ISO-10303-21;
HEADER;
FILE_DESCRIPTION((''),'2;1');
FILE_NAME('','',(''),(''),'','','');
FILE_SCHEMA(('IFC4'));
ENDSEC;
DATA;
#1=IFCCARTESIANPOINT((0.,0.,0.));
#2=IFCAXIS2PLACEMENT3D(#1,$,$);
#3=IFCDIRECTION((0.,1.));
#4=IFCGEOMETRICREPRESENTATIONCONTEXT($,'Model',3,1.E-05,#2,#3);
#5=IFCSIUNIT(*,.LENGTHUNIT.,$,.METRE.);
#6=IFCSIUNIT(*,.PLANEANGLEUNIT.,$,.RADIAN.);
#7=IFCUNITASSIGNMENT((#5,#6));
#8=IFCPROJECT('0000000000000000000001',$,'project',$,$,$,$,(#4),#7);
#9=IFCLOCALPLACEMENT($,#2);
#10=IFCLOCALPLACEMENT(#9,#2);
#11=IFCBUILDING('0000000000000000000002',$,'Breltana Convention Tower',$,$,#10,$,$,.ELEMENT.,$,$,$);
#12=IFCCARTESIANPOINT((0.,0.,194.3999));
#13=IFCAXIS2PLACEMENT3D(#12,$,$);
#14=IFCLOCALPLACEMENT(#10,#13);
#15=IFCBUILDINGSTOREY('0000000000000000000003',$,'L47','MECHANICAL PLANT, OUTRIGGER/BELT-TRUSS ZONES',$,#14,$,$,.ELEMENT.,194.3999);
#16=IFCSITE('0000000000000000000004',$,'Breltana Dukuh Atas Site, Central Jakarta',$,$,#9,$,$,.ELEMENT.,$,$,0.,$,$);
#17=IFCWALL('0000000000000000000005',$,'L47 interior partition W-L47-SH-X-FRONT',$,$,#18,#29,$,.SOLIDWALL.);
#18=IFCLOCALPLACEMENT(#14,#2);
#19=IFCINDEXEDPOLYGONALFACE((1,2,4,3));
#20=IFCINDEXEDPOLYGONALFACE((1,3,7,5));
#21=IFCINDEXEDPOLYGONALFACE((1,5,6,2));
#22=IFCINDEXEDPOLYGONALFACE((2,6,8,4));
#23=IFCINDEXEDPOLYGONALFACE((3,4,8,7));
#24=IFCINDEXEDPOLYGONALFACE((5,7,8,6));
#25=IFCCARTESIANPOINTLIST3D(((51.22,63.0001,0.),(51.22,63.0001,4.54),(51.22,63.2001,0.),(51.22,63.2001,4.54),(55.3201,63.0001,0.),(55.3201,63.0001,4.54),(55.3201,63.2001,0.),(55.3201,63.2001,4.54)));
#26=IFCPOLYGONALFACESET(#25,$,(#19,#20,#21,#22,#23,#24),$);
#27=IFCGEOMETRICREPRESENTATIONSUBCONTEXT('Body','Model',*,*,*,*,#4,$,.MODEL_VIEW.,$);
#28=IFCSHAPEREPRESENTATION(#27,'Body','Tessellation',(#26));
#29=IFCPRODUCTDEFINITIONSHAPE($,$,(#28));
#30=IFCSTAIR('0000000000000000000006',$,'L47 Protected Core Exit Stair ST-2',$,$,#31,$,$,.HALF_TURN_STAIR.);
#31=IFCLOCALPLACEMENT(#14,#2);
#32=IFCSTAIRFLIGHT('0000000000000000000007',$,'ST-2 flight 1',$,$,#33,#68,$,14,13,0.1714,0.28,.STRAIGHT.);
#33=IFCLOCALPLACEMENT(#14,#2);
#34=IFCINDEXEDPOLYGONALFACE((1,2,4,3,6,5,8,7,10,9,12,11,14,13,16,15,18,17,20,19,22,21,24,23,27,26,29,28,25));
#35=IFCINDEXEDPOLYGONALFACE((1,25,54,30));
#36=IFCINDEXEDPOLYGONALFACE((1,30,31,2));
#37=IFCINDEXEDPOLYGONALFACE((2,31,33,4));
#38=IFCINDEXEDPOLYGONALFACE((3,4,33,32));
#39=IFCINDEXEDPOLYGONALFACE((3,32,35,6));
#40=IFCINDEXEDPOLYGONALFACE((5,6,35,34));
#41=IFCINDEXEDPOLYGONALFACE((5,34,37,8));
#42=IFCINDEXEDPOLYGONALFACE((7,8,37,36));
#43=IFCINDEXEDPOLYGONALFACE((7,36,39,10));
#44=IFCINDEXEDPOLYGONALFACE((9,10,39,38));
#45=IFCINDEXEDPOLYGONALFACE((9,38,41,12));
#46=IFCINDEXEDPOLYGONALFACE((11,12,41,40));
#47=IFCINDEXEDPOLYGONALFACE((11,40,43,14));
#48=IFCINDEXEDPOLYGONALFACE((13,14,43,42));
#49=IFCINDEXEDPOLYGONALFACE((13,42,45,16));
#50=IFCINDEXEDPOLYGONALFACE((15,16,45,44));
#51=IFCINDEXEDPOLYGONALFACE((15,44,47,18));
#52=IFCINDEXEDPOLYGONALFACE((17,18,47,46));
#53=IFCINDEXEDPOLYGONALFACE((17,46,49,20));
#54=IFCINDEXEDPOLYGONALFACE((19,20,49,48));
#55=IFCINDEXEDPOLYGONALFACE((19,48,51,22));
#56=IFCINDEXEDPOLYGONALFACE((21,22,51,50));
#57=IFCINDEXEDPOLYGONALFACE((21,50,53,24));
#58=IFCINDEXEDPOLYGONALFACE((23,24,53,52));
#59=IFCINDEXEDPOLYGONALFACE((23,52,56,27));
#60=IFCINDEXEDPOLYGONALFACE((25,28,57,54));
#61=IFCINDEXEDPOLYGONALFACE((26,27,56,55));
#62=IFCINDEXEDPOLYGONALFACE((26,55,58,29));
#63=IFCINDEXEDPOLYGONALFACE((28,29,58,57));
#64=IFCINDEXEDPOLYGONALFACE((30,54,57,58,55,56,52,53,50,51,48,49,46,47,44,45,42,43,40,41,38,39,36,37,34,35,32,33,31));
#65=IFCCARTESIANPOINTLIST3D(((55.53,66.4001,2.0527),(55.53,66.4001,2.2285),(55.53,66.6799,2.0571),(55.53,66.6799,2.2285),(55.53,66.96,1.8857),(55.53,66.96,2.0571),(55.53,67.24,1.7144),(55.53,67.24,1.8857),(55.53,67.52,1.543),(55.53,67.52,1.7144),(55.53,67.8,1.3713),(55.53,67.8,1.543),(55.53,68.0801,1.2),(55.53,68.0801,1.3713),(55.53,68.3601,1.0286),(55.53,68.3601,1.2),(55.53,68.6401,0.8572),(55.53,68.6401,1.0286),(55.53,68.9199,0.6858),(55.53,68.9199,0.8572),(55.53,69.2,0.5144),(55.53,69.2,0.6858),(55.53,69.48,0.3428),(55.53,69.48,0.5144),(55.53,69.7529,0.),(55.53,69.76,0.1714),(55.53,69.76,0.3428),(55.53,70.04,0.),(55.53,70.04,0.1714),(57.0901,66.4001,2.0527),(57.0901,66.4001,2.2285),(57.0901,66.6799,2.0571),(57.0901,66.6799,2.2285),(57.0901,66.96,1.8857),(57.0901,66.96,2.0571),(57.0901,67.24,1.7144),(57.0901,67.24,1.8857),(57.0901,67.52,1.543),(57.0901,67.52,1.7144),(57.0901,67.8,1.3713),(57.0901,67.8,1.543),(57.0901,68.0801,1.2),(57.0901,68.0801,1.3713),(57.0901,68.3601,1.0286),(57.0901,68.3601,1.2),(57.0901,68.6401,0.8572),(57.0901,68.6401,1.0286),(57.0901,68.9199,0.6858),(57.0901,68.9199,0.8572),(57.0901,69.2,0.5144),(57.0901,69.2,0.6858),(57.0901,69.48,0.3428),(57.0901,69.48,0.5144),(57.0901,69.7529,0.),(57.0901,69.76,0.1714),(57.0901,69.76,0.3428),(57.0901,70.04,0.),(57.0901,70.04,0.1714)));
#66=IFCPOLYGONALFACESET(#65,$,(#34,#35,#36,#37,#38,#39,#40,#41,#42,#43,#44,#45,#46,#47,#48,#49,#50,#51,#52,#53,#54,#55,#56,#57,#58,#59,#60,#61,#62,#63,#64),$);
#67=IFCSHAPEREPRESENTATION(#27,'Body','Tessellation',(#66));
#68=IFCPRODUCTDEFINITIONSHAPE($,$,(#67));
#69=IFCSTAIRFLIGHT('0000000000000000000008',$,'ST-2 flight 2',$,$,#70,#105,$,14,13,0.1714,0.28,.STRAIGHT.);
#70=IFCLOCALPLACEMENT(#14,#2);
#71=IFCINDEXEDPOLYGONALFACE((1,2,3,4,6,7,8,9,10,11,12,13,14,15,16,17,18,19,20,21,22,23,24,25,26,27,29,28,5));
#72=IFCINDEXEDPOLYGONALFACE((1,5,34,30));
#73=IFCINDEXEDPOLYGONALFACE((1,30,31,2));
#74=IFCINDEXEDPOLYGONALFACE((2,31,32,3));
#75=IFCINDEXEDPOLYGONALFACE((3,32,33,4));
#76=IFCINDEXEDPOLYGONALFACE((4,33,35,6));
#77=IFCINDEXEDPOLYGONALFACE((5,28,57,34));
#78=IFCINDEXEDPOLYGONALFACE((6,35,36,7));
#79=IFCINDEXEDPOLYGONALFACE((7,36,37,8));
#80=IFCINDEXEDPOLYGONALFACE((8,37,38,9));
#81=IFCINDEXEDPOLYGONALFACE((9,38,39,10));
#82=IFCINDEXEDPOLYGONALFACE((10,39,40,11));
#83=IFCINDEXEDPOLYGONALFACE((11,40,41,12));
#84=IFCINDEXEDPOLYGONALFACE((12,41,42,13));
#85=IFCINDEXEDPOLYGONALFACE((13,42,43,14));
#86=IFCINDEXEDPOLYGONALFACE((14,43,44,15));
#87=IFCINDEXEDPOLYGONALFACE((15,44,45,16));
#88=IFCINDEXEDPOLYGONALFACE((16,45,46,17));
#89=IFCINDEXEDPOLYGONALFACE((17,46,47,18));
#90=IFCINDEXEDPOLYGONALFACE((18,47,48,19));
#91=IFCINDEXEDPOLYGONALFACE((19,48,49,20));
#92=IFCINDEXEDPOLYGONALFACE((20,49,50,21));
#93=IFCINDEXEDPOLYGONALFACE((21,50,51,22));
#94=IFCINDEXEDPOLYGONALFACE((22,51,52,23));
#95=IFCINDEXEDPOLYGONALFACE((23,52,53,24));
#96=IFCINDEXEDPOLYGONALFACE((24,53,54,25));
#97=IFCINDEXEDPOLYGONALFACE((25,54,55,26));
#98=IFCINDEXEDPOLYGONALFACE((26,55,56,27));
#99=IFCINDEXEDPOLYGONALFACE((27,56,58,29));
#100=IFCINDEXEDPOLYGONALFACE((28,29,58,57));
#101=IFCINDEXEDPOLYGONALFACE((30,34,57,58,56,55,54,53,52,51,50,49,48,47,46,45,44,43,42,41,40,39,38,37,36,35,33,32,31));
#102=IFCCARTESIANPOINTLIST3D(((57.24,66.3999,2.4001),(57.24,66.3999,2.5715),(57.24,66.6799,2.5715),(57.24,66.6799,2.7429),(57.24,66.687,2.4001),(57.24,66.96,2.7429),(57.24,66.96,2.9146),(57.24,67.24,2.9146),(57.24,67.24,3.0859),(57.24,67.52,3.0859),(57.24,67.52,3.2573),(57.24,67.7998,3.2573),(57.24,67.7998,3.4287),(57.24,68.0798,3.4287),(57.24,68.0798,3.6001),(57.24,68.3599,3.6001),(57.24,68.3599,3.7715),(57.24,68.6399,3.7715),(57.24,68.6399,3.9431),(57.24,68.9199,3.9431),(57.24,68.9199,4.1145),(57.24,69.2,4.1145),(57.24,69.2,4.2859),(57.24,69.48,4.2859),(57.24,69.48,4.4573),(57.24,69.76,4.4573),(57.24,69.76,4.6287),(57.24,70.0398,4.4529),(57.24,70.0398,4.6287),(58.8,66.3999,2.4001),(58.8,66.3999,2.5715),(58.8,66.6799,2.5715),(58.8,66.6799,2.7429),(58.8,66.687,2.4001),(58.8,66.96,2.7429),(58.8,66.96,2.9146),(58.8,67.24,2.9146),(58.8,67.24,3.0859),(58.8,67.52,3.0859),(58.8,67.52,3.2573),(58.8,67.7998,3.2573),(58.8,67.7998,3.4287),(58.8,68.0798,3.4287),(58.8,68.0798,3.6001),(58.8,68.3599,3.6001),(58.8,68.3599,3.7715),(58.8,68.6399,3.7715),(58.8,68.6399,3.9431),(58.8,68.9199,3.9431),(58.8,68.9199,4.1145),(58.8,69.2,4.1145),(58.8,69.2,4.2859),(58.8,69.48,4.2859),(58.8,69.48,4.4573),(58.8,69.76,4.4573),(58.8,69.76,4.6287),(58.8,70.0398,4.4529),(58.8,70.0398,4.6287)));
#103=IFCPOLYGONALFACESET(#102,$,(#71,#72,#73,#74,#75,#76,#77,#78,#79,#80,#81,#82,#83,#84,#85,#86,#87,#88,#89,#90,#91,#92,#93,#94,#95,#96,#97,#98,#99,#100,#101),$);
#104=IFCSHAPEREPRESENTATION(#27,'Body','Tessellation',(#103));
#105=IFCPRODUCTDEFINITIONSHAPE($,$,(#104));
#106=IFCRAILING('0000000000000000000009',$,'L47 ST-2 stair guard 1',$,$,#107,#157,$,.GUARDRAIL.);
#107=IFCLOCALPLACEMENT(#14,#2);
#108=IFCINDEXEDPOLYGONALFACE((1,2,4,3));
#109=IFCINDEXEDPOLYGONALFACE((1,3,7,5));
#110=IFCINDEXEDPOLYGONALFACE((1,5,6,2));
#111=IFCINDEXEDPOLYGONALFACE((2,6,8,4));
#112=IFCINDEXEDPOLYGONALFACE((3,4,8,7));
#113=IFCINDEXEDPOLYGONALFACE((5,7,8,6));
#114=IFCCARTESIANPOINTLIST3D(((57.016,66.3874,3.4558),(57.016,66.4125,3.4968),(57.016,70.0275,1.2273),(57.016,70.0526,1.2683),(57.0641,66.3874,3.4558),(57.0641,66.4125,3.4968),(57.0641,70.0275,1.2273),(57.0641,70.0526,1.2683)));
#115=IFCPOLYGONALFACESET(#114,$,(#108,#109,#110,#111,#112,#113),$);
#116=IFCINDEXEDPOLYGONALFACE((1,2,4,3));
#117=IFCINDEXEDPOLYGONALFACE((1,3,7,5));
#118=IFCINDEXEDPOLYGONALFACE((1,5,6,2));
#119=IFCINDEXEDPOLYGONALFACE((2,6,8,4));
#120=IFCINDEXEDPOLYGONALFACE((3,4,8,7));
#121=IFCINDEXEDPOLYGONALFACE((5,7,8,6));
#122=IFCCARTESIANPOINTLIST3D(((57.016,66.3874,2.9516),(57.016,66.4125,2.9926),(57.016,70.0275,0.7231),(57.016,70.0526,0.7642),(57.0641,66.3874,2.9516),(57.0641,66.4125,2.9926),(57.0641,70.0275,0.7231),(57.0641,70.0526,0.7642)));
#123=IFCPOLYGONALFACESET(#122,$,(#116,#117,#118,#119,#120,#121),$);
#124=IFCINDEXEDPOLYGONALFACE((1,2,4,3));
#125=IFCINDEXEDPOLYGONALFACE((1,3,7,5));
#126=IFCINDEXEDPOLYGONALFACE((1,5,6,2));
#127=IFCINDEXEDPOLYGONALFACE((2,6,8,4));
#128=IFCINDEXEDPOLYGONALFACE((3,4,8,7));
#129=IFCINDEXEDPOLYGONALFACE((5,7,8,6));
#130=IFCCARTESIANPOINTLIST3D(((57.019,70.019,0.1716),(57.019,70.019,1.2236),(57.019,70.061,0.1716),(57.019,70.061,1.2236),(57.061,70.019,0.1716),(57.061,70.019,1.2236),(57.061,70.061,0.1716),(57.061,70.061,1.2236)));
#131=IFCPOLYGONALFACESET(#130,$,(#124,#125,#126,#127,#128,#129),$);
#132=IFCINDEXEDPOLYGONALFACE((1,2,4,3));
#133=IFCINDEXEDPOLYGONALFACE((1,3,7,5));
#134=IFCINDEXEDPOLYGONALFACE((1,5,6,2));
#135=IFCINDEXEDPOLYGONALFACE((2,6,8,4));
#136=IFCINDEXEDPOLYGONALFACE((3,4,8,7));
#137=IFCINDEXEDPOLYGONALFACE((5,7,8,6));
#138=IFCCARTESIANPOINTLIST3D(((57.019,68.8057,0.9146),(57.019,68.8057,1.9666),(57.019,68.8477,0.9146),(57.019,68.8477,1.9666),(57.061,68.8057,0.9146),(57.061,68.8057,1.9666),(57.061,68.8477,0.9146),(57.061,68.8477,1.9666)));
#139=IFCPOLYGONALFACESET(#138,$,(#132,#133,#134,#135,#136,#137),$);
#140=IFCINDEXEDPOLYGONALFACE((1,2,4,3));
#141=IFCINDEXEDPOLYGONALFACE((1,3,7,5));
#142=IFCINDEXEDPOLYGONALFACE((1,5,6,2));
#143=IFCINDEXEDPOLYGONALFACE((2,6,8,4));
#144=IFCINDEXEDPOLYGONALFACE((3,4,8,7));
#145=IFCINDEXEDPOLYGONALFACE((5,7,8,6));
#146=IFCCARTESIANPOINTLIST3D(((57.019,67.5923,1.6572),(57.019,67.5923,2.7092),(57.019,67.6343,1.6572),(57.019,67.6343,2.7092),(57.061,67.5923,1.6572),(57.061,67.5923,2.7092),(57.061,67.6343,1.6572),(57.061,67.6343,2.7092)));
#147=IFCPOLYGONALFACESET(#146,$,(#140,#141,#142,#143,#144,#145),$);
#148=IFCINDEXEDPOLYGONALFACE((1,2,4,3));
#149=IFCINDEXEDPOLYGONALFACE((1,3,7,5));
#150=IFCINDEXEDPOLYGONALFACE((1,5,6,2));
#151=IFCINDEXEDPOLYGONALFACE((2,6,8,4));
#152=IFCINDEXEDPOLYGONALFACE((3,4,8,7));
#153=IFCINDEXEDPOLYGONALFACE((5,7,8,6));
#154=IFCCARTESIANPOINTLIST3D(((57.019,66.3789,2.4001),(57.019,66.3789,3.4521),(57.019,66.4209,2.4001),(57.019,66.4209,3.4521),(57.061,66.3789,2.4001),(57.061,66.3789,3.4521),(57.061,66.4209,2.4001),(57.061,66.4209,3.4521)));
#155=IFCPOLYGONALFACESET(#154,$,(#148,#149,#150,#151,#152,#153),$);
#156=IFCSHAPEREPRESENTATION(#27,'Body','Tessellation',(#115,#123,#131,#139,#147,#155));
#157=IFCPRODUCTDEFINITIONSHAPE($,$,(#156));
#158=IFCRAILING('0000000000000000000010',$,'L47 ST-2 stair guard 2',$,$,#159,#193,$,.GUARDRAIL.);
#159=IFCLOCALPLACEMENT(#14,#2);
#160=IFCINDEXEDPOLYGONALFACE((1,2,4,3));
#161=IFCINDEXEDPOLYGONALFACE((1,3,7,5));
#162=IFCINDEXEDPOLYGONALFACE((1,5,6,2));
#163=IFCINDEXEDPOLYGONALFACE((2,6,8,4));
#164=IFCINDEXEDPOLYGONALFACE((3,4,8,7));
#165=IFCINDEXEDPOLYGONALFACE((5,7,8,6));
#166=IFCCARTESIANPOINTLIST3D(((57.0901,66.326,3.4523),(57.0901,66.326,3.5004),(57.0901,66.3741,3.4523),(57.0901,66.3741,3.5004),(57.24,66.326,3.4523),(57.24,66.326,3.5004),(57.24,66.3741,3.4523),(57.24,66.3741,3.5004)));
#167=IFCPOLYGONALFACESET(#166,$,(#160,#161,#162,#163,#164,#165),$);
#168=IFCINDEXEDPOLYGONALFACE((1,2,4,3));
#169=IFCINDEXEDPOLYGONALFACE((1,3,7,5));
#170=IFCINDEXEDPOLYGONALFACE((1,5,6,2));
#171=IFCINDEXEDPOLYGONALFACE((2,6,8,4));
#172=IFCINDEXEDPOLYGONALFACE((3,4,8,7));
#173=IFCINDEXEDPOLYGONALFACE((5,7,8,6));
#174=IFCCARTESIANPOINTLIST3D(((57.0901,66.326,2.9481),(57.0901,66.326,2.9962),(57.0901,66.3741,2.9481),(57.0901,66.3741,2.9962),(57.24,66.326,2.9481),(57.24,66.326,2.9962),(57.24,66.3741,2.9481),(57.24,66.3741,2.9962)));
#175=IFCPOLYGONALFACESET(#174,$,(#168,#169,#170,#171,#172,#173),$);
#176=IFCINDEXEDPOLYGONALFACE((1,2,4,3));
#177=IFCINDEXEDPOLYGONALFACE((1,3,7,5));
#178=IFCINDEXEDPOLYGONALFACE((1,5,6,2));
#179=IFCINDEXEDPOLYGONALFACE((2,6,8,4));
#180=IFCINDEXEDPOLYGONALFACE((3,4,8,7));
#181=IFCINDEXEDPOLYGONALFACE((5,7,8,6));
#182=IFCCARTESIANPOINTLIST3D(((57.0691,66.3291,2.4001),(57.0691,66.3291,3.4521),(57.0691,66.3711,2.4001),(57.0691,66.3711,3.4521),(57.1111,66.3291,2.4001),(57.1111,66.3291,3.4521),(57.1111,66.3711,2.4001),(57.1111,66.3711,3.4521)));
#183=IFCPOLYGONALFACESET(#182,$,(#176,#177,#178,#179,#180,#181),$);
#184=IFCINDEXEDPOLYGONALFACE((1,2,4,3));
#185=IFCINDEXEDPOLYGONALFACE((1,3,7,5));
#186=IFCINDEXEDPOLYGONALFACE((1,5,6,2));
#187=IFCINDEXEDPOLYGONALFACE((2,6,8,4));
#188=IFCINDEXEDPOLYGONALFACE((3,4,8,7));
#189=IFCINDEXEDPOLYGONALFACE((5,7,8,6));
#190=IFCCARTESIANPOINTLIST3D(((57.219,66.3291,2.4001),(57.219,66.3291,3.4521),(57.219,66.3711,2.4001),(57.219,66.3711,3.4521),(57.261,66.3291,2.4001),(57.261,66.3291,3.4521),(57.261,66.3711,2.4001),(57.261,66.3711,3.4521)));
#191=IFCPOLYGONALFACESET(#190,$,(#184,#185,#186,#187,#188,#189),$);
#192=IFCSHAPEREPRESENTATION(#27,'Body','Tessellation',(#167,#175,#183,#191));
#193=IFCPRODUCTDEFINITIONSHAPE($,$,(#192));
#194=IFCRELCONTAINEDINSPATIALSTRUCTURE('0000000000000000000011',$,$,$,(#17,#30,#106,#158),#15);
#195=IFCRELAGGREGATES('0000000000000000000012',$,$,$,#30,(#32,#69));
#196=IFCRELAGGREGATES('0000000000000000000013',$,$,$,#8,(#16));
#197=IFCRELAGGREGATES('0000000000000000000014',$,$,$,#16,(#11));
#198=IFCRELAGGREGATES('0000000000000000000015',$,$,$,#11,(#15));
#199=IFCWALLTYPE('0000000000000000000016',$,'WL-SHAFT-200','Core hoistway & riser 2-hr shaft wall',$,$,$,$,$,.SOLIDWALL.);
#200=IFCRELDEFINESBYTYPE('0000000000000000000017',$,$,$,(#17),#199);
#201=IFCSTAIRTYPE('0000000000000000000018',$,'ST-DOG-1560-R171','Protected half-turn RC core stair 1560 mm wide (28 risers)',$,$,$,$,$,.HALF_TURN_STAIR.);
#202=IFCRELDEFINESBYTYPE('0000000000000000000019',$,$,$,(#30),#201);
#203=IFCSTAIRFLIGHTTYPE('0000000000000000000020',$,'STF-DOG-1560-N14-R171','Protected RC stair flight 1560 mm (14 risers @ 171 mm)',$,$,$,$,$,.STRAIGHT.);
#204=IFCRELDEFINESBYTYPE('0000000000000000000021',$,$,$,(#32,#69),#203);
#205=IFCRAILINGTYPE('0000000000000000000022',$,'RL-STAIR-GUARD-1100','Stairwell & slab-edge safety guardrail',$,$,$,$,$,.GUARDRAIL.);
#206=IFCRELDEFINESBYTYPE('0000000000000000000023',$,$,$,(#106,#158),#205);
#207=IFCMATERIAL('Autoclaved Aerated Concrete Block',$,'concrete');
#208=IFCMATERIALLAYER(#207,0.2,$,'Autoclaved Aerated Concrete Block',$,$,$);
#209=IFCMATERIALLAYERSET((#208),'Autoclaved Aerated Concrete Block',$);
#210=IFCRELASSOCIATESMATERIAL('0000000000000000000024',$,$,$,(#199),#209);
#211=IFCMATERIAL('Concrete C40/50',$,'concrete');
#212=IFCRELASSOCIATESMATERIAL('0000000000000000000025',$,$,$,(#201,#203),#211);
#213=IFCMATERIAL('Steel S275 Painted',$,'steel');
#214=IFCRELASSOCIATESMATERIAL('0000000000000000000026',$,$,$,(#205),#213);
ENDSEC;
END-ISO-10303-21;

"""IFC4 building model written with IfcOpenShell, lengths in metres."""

from ifc_helpers import new_model, si_unit, direction, frame, frame_2d, origin, origin_2d, place, context, subcontext, project, spatial, polyline, rectangle, outline, extrude, source, transform, mapped, material, layer, layer_set, type_object, element, aggregate, save


model = new_model("IFC4")

# Units and contexts
model_context = context("Model", 3, precision=1e-05, world=origin(), true_north=direction((0.0, 1.0)))
body_context = subcontext(model_context, "Body", "Model", "MODEL_VIEW")
ifc_project = project(units=[si_unit("LENGTHUNIT", "METRE"), si_unit("PLANEANGLEUNIT", "RADIAN")], contexts=[model_context])

# Site, building, storey
site_placement = place(None, origin())
site = spatial("IfcSite", under=ifc_project, at=site_placement, Name="Breltana Dukuh Atas Site, Central Jakarta", CompositionType="ELEMENT", RefElevation=0.0)
building_placement = place(site_placement, origin())
building = spatial("IfcBuilding", under=site, at=building_placement, Name="Breltana Convention Tower", CompositionType="ELEMENT")
storey_placement = place(building_placement, frame((0.0, 0.0, 194.3999)))
storey = spatial("IfcBuildingStorey", under=building, at=storey_placement, Name="L47", Description="MECHANICAL PLANT, OUTRIGGER/BELT-TRUSS ZONES", CompositionType="ELEMENT", Elevation=194.3999)

# Shared definitions
ifc_material_1 = material(Name="Autoclaved Aerated Concrete Block", Category="concrete")
ifc_layer_1 = layer(ifc_material_1, 0.2, Name="Autoclaved Aerated Concrete Block")
ifc_layer_set_1 = layer_set([ifc_layer_1], Name="Autoclaved Aerated Concrete Block")
wall_type = type_object("IfcWallType", Name="WL-SHAFT-200", Description="Core hoistway & riser 2-hr shaft wall", PredefinedType="SOLIDWALL", material=ifc_layer_set_1)

# Wall
shared_shape_1 = source(origin(), body_context, "Body", "SweptSolid", [
    extrude(rectangle(XDim=4.1001, YDim=0.2, at=frame_2d((2.05, 0.0))), origin(), (0.0, 0.0, 1.0), 4.54),
])
wall_1_placement = place(storey_placement, frame((51.22, 63.1001, 0.0), z_axis=(0.0, 0.0, 1.0), x_axis=(1.0, 0.0, 0.0)))
element("IfcWall", 1, at=wall_1_placement, inside=storey, type_object=wall_type, Name="L47 interior partition W-L47-SH-X-FRONT", PredefinedType="SOLIDWALL", context=body_context, shape_type="MappedRepresentation", body=[
    mapped(shared_shape_1, transform((0.0, 0.0, 0.0), scale=1.0)),
])

# Stair, stair flights
ifc_material_2 = material(Name="Concrete C40/50", Category="concrete")
stair_type = type_object("IfcStairType", Name="ST-DOG-1560-R171", Description="Protected half-turn RC core stair 1560 mm wide (28 risers)", PredefinedType="HALF_TURN_STAIR", material=ifc_material_2)
stair_placement = place(storey_placement, origin())
stair = element("IfcStair", 2, at=stair_placement, inside=storey, type_object=stair_type, Name="L47 Protected Core Exit Stair ST-2", PredefinedType="HALF_TURN_STAIR")
stair_flight_type = type_object("IfcStairFlightType", Name="STF-DOG-1560-N14-R171", Description="Protected RC stair flight 1560 mm (14 risers @ 171 mm)", PredefinedType="STRAIGHT", material=ifc_material_2)
stair_flight_1_placement = place(storey_placement, frame((56.3101, 70.04, 0.0), z_axis=(0.0, 0.0, 1.0), x_axis=(0.0, -1.0, 0.0)))
stair_flight_1 = element("IfcStairFlight", 3, at=stair_flight_1_placement, type_object=stair_flight_type, Name="ST-2 flight 1", NumberOfRisers=14, NumberOfTreads=13, PredefinedType="STRAIGHT", RiserHeight=0.1714, TreadLength=0.28, context=body_context, shape_type="SweptSolid", body=[
    extrude(outline(polyline([(0.0, 0.0), (0.0, 0.1714), (0.28, 0.1714), (0.28, 0.3428), (0.5601, 0.3428), (0.5601, 0.5144), (0.8401, 0.5144), (0.8401, 0.6858), (1.1201, 0.6858), (1.1201, 0.8572), (1.3999, 0.8572), (1.3999, 1.0286), (1.6799, 1.0286), (1.6799, 1.2), (1.96, 1.2), (1.96, 1.3713), (2.24, 1.3713), (2.24, 1.543), (2.52, 1.543), (2.52, 1.7144), (2.8, 1.7144), (2.8, 1.8857), (3.0801, 1.8857), (3.0801, 2.0571), (3.3601, 2.0571), (3.3601, 2.2285), (3.6399, 2.2285), (3.6399, 2.3999), (3.6399, 2.0527), (0.2871, 0.0), (0.0, 0.0)])), frame((0.0, 0.78, 0.0), z_axis=(0.0, -1.0, 0.0), x_axis=(1.0, 0.0, 0.0)), (0.0, 0.0, 1.0), 1.5601),
])
stair_flight_2_placement = place(storey_placement, frame((58.02, 66.3999, 2.4001), z_axis=(0.0, 0.0, 1.0), x_axis=(0.0, 1.0, 0.0)))
stair_flight_2 = element("IfcStairFlight", 4, at=stair_flight_2_placement, type_object=stair_flight_type, Name="ST-2 flight 2", NumberOfRisers=14, NumberOfTreads=13, PredefinedType="STRAIGHT", RiserHeight=0.1714, TreadLength=0.28, context=body_context, shape_type="SweptSolid", body=[
    extrude(outline(polyline([(0.0, 0.0), (0.0, 0.1714), (0.28, 0.1714), (0.28, 0.3428), (0.5601, 0.3428), (0.5601, 0.5144), (0.8401, 0.5144), (0.8401, 0.6858), (1.1201, 0.6858), (1.1201, 0.8572), (1.3999, 0.8572), (1.3999, 1.0286), (1.6799, 1.0286), (1.6799, 1.2), (1.96, 1.2), (1.96, 1.3713), (2.24, 1.3713), (2.24, 1.543), (2.52, 1.543), (2.52, 1.7144), (2.8, 1.7144), (2.8, 1.8857), (3.0801, 1.8857), (3.0801, 2.0571), (3.3601, 2.0571), (3.3601, 2.2285), (3.6399, 2.2285), (3.6399, 2.3999), (3.6399, 2.0527), (0.2871, 0.0), (0.0, 0.0)])), frame((0.0, 0.78, 0.0), z_axis=(0.0, -1.0, 0.0), x_axis=(1.0, 0.0, 0.0)), (0.0, 0.0, 1.0), 1.5601),
])
aggregate(stair, [stair_flight_1, stair_flight_2])

# Railings
ifc_material_3 = material(Name="Steel S275 Painted", Category="steel")
railing_type_1 = type_object("IfcRailingType", Name="RL-STAIR-GUARD-1100", Description="Stairwell & slab-edge safety guardrail", PredefinedType="GUARDRAIL", material=ifc_material_3)
railing_1_placement = place(storey_placement, frame((57.04, 70.04, 0.1716)))
element("IfcRailing", 5, at=railing_1_placement, inside=storey, type_object=railing_type_1, Name="L47 ST-2 stair guard 1", PredefinedType="GUARDRAIL", context=body_context, shape_type="SweptSolid", body=[
    extrude(rectangle(XDim=0.0481, YDim=0.0481, at=origin_2d()), frame((0.0, 0.0, 1.0762), z_axis=(0.0, -0.852866, 0.52213), x_axis=(1.0, 0.0, 0.0)), (0.0, 0.0, 1.0), 4.2681),
    extrude(rectangle(XDim=0.0481, YDim=0.0481, at=origin_2d()), frame((0.0, 0.0, 0.572), z_axis=(0.0, -0.852866, 0.52213), x_axis=(1.0, 0.0, 0.0)), (0.0, 0.0, 1.0), 4.2681),
    extrude(rectangle(XDim=0.042, YDim=0.042, at=origin_2d()), origin(), (0.0, 0.0, 1.0), 1.052),
    extrude(rectangle(XDim=0.042, YDim=0.042, at=origin_2d()), frame((0.0, -1.2134, 0.7429)), (0.0, 0.0, 1.0), 1.052),
    extrude(rectangle(XDim=0.042, YDim=0.042, at=origin_2d()), frame((0.0, -2.4268, 1.4856)), (0.0, 0.0, 1.0), 1.052),
    extrude(rectangle(XDim=0.042, YDim=0.042, at=origin_2d()), frame((0.0, -3.6401, 2.2285)), (0.0, 0.0, 1.0), 1.052),
])
railing_2_placement = place(storey_placement, frame((57.0901, 66.3501, 2.4001)))
element("IfcRailing", 6, at=railing_2_placement, inside=storey, type_object=railing_type_1, Name="L47 ST-2 stair guard 2", PredefinedType="GUARDRAIL", context=body_context, shape_type="SweptSolid", body=[
    extrude(rectangle(XDim=0.0481, YDim=0.0481, at=origin_2d()), frame((0.0, 0.0, 1.0762), z_axis=(1.0, 0.0, 0.0), x_axis=(0.0, 1.0, 0.0)), (0.0, 0.0, 1.0), 0.1499),
    extrude(rectangle(XDim=0.0481, YDim=0.0481, at=origin_2d()), frame((0.0, 0.0, 0.572), z_axis=(1.0, 0.0, 0.0), x_axis=(0.0, 1.0, 0.0)), (0.0, 0.0, 1.0), 0.1499),
    extrude(rectangle(XDim=0.042, YDim=0.042, at=origin_2d()), origin(), (0.0, 0.0, 1.0), 1.052),
    extrude(rectangle(XDim=0.042, YDim=0.042, at=origin_2d()), frame((0.1499, 0.0, 0.0)), (0.0, 0.0, 1.0), 1.052),
])

save(model, "model.ifc")
